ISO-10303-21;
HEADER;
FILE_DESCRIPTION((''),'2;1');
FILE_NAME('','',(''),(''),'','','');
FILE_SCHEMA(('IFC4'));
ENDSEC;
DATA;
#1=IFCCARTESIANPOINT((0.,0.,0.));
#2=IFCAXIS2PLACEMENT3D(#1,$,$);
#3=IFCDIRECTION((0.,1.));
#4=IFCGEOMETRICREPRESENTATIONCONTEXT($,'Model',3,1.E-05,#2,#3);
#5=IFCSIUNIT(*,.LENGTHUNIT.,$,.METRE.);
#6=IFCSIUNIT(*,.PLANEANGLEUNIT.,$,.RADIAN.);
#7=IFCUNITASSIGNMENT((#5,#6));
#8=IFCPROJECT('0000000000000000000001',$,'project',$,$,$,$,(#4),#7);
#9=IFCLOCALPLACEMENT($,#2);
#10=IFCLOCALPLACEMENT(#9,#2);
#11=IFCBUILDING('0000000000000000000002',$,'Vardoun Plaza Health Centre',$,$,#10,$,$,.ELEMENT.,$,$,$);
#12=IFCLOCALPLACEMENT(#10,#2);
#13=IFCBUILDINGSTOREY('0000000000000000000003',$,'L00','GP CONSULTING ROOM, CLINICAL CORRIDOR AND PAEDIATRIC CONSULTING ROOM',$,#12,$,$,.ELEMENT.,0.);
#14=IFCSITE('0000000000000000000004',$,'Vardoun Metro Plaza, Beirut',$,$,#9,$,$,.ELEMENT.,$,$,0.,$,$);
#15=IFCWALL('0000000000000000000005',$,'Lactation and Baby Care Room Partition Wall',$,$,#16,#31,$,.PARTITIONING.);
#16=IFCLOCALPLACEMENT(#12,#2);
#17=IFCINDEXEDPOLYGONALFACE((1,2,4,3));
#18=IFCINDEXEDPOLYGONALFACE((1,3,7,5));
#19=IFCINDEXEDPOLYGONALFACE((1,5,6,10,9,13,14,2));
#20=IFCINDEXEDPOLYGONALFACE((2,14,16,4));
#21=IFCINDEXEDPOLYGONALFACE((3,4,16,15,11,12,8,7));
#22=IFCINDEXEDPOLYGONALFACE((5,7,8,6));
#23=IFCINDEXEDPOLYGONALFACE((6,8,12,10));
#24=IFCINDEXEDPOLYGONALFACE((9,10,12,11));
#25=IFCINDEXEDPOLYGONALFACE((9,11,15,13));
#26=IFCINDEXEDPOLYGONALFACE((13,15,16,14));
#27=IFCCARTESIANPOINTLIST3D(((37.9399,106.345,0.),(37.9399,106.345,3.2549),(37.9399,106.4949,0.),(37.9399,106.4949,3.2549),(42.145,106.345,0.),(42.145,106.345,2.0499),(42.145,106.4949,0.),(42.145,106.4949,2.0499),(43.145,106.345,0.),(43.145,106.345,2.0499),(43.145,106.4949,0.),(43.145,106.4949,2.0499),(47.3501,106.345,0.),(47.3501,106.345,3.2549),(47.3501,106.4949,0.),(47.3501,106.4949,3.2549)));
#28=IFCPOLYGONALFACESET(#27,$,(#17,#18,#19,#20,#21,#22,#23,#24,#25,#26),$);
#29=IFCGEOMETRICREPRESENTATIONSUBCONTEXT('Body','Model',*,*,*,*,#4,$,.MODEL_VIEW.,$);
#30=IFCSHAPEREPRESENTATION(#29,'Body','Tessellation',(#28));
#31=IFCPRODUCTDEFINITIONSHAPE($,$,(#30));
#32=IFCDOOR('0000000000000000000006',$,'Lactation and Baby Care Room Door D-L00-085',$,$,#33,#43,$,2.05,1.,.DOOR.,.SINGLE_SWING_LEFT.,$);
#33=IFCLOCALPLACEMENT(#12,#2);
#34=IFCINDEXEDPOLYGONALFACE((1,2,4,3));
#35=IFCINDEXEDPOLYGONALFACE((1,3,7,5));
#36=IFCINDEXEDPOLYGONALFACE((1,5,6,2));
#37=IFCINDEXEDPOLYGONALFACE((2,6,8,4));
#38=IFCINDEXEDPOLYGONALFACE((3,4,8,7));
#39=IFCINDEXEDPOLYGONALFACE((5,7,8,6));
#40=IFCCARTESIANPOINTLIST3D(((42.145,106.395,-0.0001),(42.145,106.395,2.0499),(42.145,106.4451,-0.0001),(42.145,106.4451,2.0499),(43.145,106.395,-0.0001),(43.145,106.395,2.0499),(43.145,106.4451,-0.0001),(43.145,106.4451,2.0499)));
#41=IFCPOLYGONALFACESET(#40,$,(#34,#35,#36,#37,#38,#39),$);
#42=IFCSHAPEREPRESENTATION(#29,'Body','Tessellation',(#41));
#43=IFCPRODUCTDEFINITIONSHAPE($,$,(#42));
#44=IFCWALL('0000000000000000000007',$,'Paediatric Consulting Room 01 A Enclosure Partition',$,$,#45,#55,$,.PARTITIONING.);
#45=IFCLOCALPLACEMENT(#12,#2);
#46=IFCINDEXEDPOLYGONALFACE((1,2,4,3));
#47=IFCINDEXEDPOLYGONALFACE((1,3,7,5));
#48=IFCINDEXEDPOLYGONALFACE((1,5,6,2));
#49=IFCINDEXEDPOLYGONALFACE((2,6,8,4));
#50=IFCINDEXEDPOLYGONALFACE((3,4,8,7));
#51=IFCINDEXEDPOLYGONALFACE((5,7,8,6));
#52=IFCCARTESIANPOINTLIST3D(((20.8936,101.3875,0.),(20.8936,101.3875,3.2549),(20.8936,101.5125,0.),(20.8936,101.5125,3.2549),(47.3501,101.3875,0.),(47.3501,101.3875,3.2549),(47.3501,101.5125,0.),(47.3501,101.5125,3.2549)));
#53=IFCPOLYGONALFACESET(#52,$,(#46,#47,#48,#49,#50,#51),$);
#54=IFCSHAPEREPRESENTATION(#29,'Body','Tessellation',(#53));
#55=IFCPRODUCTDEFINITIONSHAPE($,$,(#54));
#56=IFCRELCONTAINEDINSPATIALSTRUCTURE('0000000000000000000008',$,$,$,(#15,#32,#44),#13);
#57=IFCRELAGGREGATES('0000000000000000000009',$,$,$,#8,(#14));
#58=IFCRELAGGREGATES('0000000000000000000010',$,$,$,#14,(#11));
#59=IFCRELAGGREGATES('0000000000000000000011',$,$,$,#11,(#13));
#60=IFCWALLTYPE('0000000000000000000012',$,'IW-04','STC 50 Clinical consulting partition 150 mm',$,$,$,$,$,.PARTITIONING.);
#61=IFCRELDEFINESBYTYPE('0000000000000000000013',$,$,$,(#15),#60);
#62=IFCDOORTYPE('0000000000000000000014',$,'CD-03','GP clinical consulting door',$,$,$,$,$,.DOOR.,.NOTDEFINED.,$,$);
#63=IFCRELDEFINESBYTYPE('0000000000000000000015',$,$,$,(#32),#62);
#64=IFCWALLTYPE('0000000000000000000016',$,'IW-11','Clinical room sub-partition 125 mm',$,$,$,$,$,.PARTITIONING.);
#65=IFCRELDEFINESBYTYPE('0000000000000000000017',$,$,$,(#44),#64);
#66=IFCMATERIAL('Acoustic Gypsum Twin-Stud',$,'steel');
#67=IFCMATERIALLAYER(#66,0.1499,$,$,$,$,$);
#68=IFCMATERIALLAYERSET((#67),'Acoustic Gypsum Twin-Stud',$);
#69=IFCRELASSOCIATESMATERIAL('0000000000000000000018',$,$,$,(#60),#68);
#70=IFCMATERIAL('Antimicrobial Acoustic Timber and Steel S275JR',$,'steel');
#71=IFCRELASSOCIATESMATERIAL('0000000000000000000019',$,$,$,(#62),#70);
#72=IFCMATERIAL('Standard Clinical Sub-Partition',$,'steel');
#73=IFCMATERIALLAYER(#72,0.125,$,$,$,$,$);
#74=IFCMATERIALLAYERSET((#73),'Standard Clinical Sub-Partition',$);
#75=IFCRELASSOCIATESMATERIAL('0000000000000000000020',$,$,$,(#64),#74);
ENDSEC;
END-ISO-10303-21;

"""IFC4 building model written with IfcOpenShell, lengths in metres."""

from ifc_helpers import new_model, si_unit, direction, frame, frame_2d, origin, place, context, subcontext, project, spatial, rectangle, extrude, material, layer, layer_set, type_object, element, fill, save


model = new_model("IFC4")

# Units and contexts
model_context = context("Model", 3, precision=1e-05, world=origin(), true_north=direction((0.0, 1.0)))
body_context = subcontext(model_context, "Body", "Model", "MODEL_VIEW")
ifc_project = project(units=[si_unit("LENGTHUNIT", "METRE"), si_unit("PLANEANGLEUNIT", "RADIAN")], contexts=[model_context])

# Site, building, storey
site_placement = place(None, origin())
site = spatial("IfcSite", under=ifc_project, at=site_placement, Name="Vardoun Metro Plaza, Beirut", CompositionType="ELEMENT", RefElevation=0.0)
building_placement = place(site_placement, origin())
building = spatial("IfcBuilding", under=site, at=building_placement, Name="Vardoun Plaza Health Centre", CompositionType="ELEMENT")
storey_placement = place(building_placement, origin())
storey = spatial("IfcBuildingStorey", under=building, at=storey_placement, Name="L00", Description="GP CONSULTING ROOM, CLINICAL CORRIDOR AND PAEDIATRIC CONSULTING ROOM", CompositionType="ELEMENT", Elevation=0.0)

# Wall, opening, door
ifc_material_1 = material(Name="Acoustic Gypsum Twin-Stud", Category="steel")
ifc_layer_1 = layer(ifc_material_1, 0.1499)
ifc_layer_set_1 = layer_set([ifc_layer_1], Name="Acoustic Gypsum Twin-Stud")
wall_type_1 = type_object("IfcWallType", Name="IW-04", Description="STC 50 Clinical consulting partition 150 mm", PredefinedType="PARTITIONING", material=ifc_layer_set_1)
ifc_material_2 = material(Name="Antimicrobial Acoustic Timber and Steel S275JR", Category="steel")
door_type = type_object("IfcDoorType", Name="CD-03", Description="GP clinical consulting door", OperationType="NOTDEFINED", PredefinedType="DOOR", material=ifc_material_2)
wall_1_placement = place(storey_placement, frame((47.3501, 106.4199, 0.0), z_axis=(0.0, 0.0, 1.0), x_axis=(-1.0, 0.0, 0.0)))
wall_1 = element("IfcWall", 1, at=wall_1_placement, inside=storey, type_object=wall_type_1, Name="Lactation and Baby Care Room Partition Wall", PredefinedType="PARTITIONING", context=body_context, shape_type="SweptSolid", body=[
    extrude(rectangle(XDim=9.4102, YDim=0.1499, at=frame_2d((4.7051, 0.0))), origin(), (0.0, 0.0, 1.0), 3.2549),
])
opening_1_placement = place(wall_1_placement, frame((4.2051, 0.0, 0.0)))
opening_1 = element("IfcOpeningElement", 2, at=opening_1_placement, cuts=wall_1, PredefinedType="OPENING", context=body_context, shape_type="SweptSolid", body=[
    extrude(rectangle(XDim=1.0, YDim=2.05, at=frame_2d((0.5, 1.0249))), frame((0.0, 0.075, 0.0), z_axis=(0.0, -1.0, 0.0), x_axis=(1.0, 0.0, 0.0)), (0.0, 0.0, 1.0), 0.1499),
])
door_1_placement = place(opening_1_placement, origin())
door_1 = element("IfcDoor", 3, at=door_1_placement, inside=storey, type_object=door_type, Name="Lactation and Baby Care Room Door D-L00-085", OperationType="SINGLE_SWING_LEFT", OverallHeight=2.05, OverallWidth=1.0, PredefinedType="DOOR", context=body_context, shape_type="SweptSolid", body=[
    extrude(rectangle(XDim=1.0, YDim=2.05, at=frame_2d((0.5, 1.0249))), frame((0.0, 0.0249, 0.0), z_axis=(0.0, -1.0, 0.0), x_axis=(1.0, 0.0, 0.0)), (0.0, 0.0, 1.0), 0.05),
])
fill(opening_1, door_1)

# Wall
ifc_material_3 = material(Name="Standard Clinical Sub-Partition", Category="steel")
ifc_layer_2 = layer(ifc_material_3, 0.125)
ifc_layer_set_2 = layer_set([ifc_layer_2], Name="Standard Clinical Sub-Partition")
wall_type_2 = type_object("IfcWallType", Name="IW-11", Description="Clinical room sub-partition 125 mm", PredefinedType="PARTITIONING", material=ifc_layer_set_2)
wall_2_placement = place(storey_placement, frame((47.3501, 101.45, 0.0), z_axis=(0.0, 0.0, 1.0), x_axis=(-1.0, 0.0, 0.0)))
element("IfcWall", 4, at=wall_2_placement, inside=storey, type_object=wall_type_2, Name="Paediatric Consulting Room 01 A Enclosure Partition", PredefinedType="PARTITIONING", context=body_context, shape_type="SweptSolid", body=[
    extrude(rectangle(XDim=26.4565, YDim=0.125, at=frame_2d((13.2283, 0.0))), origin(), (0.0, 0.0, 1.0), 3.2549),
])

save(model, "model.ifc")
